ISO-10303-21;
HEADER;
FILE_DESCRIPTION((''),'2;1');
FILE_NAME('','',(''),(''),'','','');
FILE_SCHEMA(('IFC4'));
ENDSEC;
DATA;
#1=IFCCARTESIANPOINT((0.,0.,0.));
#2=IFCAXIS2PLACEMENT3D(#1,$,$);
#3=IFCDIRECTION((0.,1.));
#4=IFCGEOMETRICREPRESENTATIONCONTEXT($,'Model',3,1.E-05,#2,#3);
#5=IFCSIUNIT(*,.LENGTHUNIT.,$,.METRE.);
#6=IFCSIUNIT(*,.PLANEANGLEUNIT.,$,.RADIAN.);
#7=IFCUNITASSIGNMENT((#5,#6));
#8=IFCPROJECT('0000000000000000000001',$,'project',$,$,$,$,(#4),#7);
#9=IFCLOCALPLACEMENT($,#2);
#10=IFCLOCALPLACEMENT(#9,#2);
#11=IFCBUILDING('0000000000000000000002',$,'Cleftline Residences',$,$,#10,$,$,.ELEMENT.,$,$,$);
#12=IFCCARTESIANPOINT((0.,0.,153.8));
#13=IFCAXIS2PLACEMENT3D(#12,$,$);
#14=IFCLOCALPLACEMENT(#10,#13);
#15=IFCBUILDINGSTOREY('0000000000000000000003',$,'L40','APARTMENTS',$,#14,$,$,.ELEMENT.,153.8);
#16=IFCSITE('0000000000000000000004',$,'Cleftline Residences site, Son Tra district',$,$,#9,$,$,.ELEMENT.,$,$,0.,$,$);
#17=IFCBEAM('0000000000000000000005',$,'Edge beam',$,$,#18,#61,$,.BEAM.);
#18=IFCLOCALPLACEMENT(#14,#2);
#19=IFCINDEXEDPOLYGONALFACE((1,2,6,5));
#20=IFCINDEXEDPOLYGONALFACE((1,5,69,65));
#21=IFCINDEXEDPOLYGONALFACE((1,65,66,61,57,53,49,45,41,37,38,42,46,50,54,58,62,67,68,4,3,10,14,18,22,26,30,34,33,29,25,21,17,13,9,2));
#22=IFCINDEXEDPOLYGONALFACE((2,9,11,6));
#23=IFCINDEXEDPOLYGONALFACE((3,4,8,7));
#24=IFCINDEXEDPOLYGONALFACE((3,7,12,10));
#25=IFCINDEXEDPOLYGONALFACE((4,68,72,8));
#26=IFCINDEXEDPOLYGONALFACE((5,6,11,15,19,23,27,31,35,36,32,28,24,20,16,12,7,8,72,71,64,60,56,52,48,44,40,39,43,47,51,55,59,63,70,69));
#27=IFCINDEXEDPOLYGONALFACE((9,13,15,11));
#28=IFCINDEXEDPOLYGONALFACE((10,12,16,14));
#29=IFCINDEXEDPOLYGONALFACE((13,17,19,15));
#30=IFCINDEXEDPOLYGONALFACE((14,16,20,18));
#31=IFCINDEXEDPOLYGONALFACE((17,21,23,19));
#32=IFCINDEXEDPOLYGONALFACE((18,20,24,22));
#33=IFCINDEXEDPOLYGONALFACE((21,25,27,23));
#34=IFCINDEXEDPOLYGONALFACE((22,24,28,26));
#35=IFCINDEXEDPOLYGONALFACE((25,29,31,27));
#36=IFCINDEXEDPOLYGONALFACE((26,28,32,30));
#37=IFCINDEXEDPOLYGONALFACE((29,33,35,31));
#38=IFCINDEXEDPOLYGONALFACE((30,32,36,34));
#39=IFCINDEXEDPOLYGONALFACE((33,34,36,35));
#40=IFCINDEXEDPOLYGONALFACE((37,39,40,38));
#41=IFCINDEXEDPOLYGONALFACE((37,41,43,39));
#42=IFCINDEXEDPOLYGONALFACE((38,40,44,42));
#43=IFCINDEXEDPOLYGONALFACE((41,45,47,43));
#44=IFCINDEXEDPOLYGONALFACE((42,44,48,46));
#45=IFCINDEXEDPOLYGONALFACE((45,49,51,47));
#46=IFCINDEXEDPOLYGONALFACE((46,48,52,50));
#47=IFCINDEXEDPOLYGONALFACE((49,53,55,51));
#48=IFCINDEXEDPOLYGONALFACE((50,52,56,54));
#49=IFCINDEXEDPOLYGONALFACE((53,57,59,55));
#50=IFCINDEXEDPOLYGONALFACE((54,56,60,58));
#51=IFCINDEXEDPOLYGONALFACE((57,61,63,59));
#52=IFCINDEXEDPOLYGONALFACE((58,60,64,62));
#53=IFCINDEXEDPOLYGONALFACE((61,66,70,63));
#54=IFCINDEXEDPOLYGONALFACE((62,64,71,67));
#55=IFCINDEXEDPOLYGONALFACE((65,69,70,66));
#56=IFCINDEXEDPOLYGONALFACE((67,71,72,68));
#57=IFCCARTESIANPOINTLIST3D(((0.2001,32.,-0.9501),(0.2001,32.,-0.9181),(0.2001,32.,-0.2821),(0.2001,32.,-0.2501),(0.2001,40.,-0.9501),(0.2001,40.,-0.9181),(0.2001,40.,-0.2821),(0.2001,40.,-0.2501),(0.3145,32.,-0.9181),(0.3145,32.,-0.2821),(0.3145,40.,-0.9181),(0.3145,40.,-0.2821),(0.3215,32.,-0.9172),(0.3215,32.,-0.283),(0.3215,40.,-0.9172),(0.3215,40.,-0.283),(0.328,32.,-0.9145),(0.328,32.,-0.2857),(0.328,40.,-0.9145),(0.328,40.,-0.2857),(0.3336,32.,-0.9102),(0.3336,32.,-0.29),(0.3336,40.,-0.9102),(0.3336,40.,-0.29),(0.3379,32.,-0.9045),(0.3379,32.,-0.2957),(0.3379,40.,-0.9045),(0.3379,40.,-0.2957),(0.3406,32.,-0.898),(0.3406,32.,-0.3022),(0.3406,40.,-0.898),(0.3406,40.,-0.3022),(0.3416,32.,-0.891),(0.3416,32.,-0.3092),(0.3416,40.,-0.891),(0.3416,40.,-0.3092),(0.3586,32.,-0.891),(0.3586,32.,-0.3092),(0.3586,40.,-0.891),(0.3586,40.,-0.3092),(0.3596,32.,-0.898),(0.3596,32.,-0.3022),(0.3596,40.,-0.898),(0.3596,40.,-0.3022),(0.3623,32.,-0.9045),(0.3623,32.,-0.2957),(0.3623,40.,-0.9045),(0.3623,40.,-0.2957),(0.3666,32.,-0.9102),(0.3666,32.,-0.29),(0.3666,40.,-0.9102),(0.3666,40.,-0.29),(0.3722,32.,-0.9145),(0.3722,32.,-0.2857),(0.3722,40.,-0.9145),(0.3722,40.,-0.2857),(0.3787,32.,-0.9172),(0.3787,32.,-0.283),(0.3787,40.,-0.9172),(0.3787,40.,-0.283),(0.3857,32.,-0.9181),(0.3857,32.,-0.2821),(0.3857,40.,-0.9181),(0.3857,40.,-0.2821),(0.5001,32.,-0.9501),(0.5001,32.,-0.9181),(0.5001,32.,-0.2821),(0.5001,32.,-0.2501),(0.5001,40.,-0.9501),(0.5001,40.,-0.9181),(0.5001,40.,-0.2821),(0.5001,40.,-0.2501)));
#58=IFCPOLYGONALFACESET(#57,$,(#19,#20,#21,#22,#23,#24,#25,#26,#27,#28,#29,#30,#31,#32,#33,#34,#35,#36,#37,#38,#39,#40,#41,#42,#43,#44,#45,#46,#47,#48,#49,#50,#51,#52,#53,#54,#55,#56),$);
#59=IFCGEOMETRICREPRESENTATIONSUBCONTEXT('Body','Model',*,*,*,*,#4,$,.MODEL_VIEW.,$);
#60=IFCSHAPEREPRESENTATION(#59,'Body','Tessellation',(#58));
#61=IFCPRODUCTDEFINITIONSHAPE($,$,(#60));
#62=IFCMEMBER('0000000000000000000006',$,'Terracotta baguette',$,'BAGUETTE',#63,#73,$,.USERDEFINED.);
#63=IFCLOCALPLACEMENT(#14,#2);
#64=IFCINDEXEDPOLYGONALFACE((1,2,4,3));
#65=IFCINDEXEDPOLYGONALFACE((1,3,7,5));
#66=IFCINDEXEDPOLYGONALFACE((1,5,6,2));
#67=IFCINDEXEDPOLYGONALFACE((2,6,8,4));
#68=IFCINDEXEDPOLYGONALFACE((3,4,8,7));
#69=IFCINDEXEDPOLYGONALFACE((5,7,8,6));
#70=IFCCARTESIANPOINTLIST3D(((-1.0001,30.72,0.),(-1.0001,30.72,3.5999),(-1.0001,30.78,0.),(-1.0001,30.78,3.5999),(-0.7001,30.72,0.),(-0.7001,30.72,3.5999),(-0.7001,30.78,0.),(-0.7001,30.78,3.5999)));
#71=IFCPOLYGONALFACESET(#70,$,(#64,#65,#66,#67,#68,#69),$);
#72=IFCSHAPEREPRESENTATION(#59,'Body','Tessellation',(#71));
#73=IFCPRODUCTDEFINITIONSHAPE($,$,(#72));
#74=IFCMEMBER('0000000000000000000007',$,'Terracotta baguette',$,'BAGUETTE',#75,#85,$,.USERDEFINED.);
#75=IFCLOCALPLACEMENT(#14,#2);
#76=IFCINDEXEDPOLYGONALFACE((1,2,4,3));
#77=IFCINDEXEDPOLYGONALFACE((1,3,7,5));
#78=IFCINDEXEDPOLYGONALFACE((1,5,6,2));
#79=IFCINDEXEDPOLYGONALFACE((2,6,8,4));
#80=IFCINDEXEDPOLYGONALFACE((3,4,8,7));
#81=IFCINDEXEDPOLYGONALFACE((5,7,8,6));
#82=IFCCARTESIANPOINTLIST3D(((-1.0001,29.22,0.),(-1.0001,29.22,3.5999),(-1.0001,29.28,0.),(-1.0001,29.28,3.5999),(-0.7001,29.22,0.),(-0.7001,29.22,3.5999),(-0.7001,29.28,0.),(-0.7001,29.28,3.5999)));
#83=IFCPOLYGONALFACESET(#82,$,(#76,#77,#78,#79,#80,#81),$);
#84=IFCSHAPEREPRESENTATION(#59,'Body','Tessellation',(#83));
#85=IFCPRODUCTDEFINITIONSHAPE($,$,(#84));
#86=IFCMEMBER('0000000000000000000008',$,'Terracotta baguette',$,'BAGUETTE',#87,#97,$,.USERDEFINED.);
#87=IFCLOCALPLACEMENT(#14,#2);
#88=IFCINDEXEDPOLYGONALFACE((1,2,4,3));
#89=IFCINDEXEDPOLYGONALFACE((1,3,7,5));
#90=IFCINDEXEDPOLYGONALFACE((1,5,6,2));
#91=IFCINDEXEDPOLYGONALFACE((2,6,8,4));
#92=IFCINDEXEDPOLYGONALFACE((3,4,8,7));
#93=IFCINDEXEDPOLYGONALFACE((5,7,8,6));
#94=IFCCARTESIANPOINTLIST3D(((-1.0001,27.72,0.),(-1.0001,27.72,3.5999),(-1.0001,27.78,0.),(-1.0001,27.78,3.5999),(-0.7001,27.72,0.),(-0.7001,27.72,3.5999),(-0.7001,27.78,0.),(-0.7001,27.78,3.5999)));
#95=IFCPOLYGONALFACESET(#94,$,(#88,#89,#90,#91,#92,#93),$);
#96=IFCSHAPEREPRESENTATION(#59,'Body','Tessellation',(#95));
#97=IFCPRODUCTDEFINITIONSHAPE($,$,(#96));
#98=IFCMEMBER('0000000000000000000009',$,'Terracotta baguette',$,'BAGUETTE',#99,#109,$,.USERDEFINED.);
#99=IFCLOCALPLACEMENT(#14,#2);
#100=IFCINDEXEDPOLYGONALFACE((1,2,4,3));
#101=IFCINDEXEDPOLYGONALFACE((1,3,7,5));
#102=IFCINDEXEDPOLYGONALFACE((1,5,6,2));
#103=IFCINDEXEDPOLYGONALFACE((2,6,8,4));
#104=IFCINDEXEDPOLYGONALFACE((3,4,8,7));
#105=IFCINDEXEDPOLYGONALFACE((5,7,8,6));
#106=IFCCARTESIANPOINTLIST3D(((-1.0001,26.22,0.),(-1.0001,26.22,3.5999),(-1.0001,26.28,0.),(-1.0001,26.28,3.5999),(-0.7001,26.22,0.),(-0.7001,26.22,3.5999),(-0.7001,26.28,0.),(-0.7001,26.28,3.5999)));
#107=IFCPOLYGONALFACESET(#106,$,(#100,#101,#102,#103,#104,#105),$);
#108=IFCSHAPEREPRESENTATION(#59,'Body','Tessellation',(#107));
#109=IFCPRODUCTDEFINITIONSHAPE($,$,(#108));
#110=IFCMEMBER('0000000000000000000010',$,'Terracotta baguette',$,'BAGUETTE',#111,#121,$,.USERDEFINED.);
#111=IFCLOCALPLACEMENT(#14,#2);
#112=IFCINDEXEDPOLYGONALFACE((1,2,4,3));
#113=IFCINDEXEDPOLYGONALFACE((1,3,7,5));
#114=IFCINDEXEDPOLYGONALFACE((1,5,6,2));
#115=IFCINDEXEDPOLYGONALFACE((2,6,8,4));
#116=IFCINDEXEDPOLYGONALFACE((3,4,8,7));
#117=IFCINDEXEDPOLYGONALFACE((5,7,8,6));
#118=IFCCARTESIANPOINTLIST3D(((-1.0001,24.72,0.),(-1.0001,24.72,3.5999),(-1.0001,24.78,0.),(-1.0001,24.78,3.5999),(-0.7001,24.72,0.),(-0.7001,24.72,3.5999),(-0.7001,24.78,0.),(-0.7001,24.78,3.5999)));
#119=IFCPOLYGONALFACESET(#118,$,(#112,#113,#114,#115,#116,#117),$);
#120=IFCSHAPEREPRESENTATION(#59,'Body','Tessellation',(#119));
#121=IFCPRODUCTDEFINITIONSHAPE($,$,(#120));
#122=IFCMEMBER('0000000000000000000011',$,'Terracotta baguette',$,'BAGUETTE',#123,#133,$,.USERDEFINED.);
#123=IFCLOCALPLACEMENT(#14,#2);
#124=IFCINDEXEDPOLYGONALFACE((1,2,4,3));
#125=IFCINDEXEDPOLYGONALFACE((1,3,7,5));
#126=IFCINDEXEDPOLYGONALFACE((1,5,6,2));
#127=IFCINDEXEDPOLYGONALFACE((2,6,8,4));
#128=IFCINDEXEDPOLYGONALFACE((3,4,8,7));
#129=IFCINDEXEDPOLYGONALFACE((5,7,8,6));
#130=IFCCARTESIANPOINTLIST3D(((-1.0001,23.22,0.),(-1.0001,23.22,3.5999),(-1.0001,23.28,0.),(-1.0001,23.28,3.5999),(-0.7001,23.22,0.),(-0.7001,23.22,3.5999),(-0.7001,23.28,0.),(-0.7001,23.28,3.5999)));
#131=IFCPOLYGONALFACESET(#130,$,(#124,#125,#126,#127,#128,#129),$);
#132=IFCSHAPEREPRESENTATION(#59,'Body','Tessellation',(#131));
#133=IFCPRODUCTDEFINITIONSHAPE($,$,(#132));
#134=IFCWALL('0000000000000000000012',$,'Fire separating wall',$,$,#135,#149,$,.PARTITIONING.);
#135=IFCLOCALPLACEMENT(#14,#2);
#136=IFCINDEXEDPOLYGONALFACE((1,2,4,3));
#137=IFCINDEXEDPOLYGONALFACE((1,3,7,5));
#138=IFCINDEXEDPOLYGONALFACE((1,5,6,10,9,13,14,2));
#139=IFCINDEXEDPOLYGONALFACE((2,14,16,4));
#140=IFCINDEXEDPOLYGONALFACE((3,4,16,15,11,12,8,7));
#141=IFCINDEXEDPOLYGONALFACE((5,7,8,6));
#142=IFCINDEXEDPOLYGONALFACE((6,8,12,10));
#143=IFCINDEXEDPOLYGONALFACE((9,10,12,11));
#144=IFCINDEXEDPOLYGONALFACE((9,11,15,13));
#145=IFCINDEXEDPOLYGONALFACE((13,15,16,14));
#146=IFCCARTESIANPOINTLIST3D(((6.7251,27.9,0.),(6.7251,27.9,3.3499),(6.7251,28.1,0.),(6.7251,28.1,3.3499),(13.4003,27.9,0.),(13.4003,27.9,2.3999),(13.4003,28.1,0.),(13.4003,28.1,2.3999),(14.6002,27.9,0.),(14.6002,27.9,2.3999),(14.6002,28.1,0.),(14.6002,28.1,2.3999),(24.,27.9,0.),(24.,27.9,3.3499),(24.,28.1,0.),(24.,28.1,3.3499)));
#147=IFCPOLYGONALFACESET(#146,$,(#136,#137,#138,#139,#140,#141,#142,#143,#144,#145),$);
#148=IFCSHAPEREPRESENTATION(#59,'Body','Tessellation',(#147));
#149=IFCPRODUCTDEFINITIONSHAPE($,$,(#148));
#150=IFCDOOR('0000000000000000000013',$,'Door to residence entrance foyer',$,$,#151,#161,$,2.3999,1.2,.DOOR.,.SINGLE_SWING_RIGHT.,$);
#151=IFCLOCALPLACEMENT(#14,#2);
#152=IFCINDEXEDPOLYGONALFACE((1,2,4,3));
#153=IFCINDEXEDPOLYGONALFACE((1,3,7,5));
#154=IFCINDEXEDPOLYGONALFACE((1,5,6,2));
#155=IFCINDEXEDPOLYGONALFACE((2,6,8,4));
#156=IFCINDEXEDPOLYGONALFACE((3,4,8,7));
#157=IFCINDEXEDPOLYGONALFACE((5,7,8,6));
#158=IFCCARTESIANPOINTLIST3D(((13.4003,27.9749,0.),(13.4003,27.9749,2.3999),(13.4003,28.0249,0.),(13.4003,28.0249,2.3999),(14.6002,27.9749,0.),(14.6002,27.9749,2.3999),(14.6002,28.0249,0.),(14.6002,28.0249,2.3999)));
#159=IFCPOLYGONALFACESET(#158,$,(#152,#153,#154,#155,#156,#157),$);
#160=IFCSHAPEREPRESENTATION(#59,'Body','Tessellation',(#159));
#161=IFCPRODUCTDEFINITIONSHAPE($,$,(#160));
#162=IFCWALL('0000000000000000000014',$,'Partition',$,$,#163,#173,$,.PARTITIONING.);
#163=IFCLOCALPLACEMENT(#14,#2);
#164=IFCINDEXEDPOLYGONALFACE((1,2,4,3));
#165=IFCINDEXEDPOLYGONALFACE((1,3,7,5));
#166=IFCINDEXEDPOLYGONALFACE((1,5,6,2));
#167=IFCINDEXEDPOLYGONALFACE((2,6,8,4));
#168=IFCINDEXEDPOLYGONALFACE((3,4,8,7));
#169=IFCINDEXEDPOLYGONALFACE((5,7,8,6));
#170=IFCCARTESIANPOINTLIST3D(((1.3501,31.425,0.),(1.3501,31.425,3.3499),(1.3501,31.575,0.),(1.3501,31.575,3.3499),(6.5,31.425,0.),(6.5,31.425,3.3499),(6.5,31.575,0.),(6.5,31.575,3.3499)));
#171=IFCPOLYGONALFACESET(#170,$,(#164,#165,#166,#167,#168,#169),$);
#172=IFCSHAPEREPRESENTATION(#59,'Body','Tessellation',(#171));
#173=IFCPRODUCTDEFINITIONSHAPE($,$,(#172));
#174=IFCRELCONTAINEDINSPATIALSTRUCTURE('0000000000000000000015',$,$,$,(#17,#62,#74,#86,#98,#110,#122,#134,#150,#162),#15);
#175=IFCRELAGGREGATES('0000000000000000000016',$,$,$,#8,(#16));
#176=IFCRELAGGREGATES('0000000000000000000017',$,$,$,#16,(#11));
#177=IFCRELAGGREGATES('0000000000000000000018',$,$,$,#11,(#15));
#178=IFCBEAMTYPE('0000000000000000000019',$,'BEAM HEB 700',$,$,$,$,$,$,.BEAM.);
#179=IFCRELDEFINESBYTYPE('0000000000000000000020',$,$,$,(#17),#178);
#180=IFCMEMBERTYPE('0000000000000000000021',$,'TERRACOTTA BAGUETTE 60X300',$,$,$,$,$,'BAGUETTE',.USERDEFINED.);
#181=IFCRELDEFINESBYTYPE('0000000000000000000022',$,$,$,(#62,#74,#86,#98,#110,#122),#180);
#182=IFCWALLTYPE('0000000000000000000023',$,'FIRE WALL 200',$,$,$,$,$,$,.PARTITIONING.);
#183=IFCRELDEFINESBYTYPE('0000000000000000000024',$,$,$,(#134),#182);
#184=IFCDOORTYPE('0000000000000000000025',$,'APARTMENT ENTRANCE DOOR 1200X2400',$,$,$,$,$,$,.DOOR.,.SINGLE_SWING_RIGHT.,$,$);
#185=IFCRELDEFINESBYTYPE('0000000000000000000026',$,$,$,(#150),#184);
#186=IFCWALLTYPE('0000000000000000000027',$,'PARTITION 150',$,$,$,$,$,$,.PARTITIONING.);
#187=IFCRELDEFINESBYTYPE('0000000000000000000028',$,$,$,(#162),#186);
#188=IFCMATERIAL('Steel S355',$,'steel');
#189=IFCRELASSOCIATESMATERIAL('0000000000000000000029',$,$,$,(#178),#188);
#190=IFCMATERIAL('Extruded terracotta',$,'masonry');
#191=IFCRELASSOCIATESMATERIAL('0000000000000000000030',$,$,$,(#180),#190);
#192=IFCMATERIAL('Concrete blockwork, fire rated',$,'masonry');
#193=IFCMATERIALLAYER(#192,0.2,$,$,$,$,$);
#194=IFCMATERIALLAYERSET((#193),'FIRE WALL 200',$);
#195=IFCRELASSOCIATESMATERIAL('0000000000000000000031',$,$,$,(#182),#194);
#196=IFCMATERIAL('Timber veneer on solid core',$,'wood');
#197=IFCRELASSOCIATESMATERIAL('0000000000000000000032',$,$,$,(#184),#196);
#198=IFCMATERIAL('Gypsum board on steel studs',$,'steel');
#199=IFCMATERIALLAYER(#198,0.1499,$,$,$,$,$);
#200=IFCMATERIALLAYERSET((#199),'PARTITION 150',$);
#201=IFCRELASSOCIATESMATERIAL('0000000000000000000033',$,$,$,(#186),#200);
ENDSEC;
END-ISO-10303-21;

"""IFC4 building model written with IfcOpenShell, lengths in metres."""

from ifc_helpers import new_model, si_unit, direction, frame, frame_2d, origin, origin_2d, place, context, subcontext, project, spatial, rectangle, i_section, extrude, material, layer, layer_set, material_profile, profile_set, type_object, element, fill, save


model = new_model("IFC4")

# Units and contexts
model_context = context("Model", 3, precision=1e-05, world=origin(), true_north=direction((0.0, 1.0)))
body_context = subcontext(model_context, "Body", "Model", "MODEL_VIEW")
ifc_project = project(units=[si_unit("LENGTHUNIT", "METRE"), si_unit("PLANEANGLEUNIT", "RADIAN")], contexts=[model_context])

# Site, building, storey
site_placement = place(None, origin())
site = spatial("IfcSite", under=ifc_project, at=site_placement, Name="Cleftline Residences site, Son Tra district", CompositionType="ELEMENT", RefElevation=0.0)
building_placement = place(site_placement, origin())
building = spatial("IfcBuilding", under=site, at=building_placement, Name="Cleftline Residences", CompositionType="ELEMENT")
storey_placement = place(building_placement, frame((0.0, 0.0, 153.8)))
storey = spatial("IfcBuildingStorey", under=building, at=storey_placement, Name="L40", Description="APARTMENTS", CompositionType="ELEMENT", Elevation=153.8)

# Beam
ifc_material_1 = material(Name="Steel S355", Category="steel")
ifc_material_profile_1 = material_profile(ifc_material_1, i_section(OverallWidth=0.3, OverallDepth=0.7, WebThickness=0.0171, FlangeThickness=0.032, FilletRadius=0.0271, at=origin_2d()))
ifc_profile_set_1 = profile_set([ifc_material_profile_1], Name="Steel S355")
beam_type = type_object("IfcBeamType", Name="BEAM HEB 700", PredefinedType="BEAM", material=ifc_profile_set_1)
for number, where, z_axis, x_axis, name in (
    (1, (0.3501, 32.0, -0.6001), (0.0, 1.0, 0.0), (-1.0, 0.0, 0.0), "Edge beam"),
):
    element("IfcBeam", number, at=place(storey_placement, frame(where, z_axis=z_axis, x_axis=x_axis)), inside=storey, type_object=beam_type, Name=name, PredefinedType="BEAM", context=body_context, shape_type="SweptSolid", body=[
        extrude(i_section(OverallWidth=0.3, OverallDepth=0.7, WebThickness=0.0171, FlangeThickness=0.032, FilletRadius=0.0271, at=origin_2d()), origin(), (0.0, 0.0, 1.0), 8.0),
    ])

# Members
ifc_material_2 = material(Name="Extruded terracotta", Category="masonry")
ifc_material_profile_2 = material_profile(ifc_material_2, rectangle(XDim=0.0601, YDim=0.3, at=origin_2d()))
ifc_profile_set_2 = profile_set([ifc_material_profile_2], Name="Extruded terracotta")
member_type_1 = type_object("IfcMemberType", Name="TERRACOTTA BAGUETTE 60X300", ElementType="BAGUETTE", PredefinedType="USERDEFINED", material=ifc_profile_set_2)
for number, where, z_axis, x_axis, name in (
    (2, (-0.8501, 30.75, 0.0), (0.0, 0.0, 1.0), (0.0, 1.0, 0.0), "Terracotta baguette"),
    (3, (-0.8501, 29.25, 0.0), (0.0, 0.0, 1.0), (0.0, 1.0, 0.0), "Terracotta baguette"),
    (4, (-0.8501, 27.75, 0.0), (0.0, 0.0, 1.0), (0.0, 1.0, 0.0), "Terracotta baguette"),
    (5, (-0.8501, 26.25, 0.0), (0.0, 0.0, 1.0), (0.0, 1.0, 0.0), "Terracotta baguette"),
    (6, (-0.8501, 24.75, 0.0), (0.0, 0.0, 1.0), (0.0, 1.0, 0.0), "Terracotta baguette"),
    (7, (-0.8501, 23.25, 0.0), (0.0, 0.0, 1.0), (0.0, 1.0, 0.0), "Terracotta baguette"),
):
    element("IfcMember", number, at=place(storey_placement, frame(where, z_axis=z_axis, x_axis=x_axis)), inside=storey, type_object=member_type_1, Name=name, ObjectType="BAGUETTE", PredefinedType="USERDEFINED", context=body_context, shape_type="SweptSolid", body=[
        extrude(rectangle(XDim=0.0601, YDim=0.3, at=origin_2d()), origin(), (0.0, 0.0, 1.0), 3.5999),
    ])

# Wall, opening, door
ifc_material_3 = material(Name="Concrete blockwork, fire rated", Category="masonry")
ifc_layer_1 = layer(ifc_material_3, 0.2)
ifc_layer_set_1 = layer_set([ifc_layer_1], Name="FIRE WALL 200")
wall_type_1 = type_object("IfcWallType", Name="FIRE WALL 200", PredefinedType="PARTITIONING", material=ifc_layer_set_1)
wall_1_placement = place(storey_placement, frame((6.7251, 28.0, 0.0), z_axis=(0.0, 0.0, 1.0), x_axis=(1.0, 0.0, 0.0)))
wall_1 = element("IfcWall", 8, at=wall_1_placement, inside=storey, type_object=wall_type_1, Name="Fire separating wall", PredefinedType="PARTITIONING", context=body_context, shape_type="SweptSolid", body=[
    extrude(rectangle(XDim=17.2749, YDim=0.2, at=frame_2d((8.6375, 0.0))), origin(), (0.0, 0.0, 1.0), 3.3499),
])
opening_1_placement = place(wall_1_placement, frame((6.675, 0.0, 0.0)))
opening_1 = element("IfcOpeningElement", 9, at=opening_1_placement, cuts=wall_1, PredefinedType="OPENING", context=body_context, shape_type="SweptSolid", body=[
    extrude(rectangle(XDim=1.2, YDim=2.3999, at=frame_2d((0.6001, 1.2))), frame((0.0, 0.1099, 0.0), z_axis=(0.0, -1.0, 0.0), x_axis=(1.0, 0.0, 0.0)), (0.0, 0.0, 1.0), 0.22),
])
ifc_material_4 = material(Name="Timber veneer on solid core", Category="wood")
door_type_1 = type_object("IfcDoorType", Name="APARTMENT ENTRANCE DOOR 1200X2400", OperationType="SINGLE_SWING_RIGHT", PredefinedType="DOOR", material=ifc_material_4)
door_1_placement = place(opening_1_placement, origin())
door_1 = element("IfcDoor", 10, at=door_1_placement, inside=storey, type_object=door_type_1, Name="Door to residence entrance foyer", OperationType="SINGLE_SWING_RIGHT", OverallHeight=2.3999, OverallWidth=1.2, PredefinedType="DOOR", context=body_context, shape_type="SweptSolid", body=[
    extrude(rectangle(XDim=1.2, YDim=2.3999, at=frame_2d((0.6001, 1.2))), frame((0.0, 0.0249, 0.0), z_axis=(0.0, -1.0, 0.0), x_axis=(1.0, 0.0, 0.0)), (0.0, 0.0, 1.0), 0.05),
])
fill(opening_1, door_1)

# Wall
ifc_material_5 = material(Name="Gypsum board on steel studs", Category="steel")
ifc_layer_2 = layer(ifc_material_5, 0.1499)
ifc_layer_set_2 = layer_set([ifc_layer_2], Name="PARTITION 150")
wall_type_2 = type_object("IfcWallType", Name="PARTITION 150", PredefinedType="PARTITIONING", material=ifc_layer_set_2)
wall_2_placement = place(storey_placement, frame((1.3501, 31.5, 0.0), z_axis=(0.0, 0.0, 1.0), x_axis=(1.0, 0.0, 0.0)))
element("IfcWall", 11, at=wall_2_placement, inside=storey, type_object=wall_type_2, Name="Partition", PredefinedType="PARTITIONING", context=body_context, shape_type="SweptSolid", body=[
    extrude(rectangle(XDim=5.1499, YDim=0.1499, at=frame_2d((2.575, 0.0))), origin(), (0.0, 0.0, 1.0), 3.3499),
])

save(model, "model.ifc")
